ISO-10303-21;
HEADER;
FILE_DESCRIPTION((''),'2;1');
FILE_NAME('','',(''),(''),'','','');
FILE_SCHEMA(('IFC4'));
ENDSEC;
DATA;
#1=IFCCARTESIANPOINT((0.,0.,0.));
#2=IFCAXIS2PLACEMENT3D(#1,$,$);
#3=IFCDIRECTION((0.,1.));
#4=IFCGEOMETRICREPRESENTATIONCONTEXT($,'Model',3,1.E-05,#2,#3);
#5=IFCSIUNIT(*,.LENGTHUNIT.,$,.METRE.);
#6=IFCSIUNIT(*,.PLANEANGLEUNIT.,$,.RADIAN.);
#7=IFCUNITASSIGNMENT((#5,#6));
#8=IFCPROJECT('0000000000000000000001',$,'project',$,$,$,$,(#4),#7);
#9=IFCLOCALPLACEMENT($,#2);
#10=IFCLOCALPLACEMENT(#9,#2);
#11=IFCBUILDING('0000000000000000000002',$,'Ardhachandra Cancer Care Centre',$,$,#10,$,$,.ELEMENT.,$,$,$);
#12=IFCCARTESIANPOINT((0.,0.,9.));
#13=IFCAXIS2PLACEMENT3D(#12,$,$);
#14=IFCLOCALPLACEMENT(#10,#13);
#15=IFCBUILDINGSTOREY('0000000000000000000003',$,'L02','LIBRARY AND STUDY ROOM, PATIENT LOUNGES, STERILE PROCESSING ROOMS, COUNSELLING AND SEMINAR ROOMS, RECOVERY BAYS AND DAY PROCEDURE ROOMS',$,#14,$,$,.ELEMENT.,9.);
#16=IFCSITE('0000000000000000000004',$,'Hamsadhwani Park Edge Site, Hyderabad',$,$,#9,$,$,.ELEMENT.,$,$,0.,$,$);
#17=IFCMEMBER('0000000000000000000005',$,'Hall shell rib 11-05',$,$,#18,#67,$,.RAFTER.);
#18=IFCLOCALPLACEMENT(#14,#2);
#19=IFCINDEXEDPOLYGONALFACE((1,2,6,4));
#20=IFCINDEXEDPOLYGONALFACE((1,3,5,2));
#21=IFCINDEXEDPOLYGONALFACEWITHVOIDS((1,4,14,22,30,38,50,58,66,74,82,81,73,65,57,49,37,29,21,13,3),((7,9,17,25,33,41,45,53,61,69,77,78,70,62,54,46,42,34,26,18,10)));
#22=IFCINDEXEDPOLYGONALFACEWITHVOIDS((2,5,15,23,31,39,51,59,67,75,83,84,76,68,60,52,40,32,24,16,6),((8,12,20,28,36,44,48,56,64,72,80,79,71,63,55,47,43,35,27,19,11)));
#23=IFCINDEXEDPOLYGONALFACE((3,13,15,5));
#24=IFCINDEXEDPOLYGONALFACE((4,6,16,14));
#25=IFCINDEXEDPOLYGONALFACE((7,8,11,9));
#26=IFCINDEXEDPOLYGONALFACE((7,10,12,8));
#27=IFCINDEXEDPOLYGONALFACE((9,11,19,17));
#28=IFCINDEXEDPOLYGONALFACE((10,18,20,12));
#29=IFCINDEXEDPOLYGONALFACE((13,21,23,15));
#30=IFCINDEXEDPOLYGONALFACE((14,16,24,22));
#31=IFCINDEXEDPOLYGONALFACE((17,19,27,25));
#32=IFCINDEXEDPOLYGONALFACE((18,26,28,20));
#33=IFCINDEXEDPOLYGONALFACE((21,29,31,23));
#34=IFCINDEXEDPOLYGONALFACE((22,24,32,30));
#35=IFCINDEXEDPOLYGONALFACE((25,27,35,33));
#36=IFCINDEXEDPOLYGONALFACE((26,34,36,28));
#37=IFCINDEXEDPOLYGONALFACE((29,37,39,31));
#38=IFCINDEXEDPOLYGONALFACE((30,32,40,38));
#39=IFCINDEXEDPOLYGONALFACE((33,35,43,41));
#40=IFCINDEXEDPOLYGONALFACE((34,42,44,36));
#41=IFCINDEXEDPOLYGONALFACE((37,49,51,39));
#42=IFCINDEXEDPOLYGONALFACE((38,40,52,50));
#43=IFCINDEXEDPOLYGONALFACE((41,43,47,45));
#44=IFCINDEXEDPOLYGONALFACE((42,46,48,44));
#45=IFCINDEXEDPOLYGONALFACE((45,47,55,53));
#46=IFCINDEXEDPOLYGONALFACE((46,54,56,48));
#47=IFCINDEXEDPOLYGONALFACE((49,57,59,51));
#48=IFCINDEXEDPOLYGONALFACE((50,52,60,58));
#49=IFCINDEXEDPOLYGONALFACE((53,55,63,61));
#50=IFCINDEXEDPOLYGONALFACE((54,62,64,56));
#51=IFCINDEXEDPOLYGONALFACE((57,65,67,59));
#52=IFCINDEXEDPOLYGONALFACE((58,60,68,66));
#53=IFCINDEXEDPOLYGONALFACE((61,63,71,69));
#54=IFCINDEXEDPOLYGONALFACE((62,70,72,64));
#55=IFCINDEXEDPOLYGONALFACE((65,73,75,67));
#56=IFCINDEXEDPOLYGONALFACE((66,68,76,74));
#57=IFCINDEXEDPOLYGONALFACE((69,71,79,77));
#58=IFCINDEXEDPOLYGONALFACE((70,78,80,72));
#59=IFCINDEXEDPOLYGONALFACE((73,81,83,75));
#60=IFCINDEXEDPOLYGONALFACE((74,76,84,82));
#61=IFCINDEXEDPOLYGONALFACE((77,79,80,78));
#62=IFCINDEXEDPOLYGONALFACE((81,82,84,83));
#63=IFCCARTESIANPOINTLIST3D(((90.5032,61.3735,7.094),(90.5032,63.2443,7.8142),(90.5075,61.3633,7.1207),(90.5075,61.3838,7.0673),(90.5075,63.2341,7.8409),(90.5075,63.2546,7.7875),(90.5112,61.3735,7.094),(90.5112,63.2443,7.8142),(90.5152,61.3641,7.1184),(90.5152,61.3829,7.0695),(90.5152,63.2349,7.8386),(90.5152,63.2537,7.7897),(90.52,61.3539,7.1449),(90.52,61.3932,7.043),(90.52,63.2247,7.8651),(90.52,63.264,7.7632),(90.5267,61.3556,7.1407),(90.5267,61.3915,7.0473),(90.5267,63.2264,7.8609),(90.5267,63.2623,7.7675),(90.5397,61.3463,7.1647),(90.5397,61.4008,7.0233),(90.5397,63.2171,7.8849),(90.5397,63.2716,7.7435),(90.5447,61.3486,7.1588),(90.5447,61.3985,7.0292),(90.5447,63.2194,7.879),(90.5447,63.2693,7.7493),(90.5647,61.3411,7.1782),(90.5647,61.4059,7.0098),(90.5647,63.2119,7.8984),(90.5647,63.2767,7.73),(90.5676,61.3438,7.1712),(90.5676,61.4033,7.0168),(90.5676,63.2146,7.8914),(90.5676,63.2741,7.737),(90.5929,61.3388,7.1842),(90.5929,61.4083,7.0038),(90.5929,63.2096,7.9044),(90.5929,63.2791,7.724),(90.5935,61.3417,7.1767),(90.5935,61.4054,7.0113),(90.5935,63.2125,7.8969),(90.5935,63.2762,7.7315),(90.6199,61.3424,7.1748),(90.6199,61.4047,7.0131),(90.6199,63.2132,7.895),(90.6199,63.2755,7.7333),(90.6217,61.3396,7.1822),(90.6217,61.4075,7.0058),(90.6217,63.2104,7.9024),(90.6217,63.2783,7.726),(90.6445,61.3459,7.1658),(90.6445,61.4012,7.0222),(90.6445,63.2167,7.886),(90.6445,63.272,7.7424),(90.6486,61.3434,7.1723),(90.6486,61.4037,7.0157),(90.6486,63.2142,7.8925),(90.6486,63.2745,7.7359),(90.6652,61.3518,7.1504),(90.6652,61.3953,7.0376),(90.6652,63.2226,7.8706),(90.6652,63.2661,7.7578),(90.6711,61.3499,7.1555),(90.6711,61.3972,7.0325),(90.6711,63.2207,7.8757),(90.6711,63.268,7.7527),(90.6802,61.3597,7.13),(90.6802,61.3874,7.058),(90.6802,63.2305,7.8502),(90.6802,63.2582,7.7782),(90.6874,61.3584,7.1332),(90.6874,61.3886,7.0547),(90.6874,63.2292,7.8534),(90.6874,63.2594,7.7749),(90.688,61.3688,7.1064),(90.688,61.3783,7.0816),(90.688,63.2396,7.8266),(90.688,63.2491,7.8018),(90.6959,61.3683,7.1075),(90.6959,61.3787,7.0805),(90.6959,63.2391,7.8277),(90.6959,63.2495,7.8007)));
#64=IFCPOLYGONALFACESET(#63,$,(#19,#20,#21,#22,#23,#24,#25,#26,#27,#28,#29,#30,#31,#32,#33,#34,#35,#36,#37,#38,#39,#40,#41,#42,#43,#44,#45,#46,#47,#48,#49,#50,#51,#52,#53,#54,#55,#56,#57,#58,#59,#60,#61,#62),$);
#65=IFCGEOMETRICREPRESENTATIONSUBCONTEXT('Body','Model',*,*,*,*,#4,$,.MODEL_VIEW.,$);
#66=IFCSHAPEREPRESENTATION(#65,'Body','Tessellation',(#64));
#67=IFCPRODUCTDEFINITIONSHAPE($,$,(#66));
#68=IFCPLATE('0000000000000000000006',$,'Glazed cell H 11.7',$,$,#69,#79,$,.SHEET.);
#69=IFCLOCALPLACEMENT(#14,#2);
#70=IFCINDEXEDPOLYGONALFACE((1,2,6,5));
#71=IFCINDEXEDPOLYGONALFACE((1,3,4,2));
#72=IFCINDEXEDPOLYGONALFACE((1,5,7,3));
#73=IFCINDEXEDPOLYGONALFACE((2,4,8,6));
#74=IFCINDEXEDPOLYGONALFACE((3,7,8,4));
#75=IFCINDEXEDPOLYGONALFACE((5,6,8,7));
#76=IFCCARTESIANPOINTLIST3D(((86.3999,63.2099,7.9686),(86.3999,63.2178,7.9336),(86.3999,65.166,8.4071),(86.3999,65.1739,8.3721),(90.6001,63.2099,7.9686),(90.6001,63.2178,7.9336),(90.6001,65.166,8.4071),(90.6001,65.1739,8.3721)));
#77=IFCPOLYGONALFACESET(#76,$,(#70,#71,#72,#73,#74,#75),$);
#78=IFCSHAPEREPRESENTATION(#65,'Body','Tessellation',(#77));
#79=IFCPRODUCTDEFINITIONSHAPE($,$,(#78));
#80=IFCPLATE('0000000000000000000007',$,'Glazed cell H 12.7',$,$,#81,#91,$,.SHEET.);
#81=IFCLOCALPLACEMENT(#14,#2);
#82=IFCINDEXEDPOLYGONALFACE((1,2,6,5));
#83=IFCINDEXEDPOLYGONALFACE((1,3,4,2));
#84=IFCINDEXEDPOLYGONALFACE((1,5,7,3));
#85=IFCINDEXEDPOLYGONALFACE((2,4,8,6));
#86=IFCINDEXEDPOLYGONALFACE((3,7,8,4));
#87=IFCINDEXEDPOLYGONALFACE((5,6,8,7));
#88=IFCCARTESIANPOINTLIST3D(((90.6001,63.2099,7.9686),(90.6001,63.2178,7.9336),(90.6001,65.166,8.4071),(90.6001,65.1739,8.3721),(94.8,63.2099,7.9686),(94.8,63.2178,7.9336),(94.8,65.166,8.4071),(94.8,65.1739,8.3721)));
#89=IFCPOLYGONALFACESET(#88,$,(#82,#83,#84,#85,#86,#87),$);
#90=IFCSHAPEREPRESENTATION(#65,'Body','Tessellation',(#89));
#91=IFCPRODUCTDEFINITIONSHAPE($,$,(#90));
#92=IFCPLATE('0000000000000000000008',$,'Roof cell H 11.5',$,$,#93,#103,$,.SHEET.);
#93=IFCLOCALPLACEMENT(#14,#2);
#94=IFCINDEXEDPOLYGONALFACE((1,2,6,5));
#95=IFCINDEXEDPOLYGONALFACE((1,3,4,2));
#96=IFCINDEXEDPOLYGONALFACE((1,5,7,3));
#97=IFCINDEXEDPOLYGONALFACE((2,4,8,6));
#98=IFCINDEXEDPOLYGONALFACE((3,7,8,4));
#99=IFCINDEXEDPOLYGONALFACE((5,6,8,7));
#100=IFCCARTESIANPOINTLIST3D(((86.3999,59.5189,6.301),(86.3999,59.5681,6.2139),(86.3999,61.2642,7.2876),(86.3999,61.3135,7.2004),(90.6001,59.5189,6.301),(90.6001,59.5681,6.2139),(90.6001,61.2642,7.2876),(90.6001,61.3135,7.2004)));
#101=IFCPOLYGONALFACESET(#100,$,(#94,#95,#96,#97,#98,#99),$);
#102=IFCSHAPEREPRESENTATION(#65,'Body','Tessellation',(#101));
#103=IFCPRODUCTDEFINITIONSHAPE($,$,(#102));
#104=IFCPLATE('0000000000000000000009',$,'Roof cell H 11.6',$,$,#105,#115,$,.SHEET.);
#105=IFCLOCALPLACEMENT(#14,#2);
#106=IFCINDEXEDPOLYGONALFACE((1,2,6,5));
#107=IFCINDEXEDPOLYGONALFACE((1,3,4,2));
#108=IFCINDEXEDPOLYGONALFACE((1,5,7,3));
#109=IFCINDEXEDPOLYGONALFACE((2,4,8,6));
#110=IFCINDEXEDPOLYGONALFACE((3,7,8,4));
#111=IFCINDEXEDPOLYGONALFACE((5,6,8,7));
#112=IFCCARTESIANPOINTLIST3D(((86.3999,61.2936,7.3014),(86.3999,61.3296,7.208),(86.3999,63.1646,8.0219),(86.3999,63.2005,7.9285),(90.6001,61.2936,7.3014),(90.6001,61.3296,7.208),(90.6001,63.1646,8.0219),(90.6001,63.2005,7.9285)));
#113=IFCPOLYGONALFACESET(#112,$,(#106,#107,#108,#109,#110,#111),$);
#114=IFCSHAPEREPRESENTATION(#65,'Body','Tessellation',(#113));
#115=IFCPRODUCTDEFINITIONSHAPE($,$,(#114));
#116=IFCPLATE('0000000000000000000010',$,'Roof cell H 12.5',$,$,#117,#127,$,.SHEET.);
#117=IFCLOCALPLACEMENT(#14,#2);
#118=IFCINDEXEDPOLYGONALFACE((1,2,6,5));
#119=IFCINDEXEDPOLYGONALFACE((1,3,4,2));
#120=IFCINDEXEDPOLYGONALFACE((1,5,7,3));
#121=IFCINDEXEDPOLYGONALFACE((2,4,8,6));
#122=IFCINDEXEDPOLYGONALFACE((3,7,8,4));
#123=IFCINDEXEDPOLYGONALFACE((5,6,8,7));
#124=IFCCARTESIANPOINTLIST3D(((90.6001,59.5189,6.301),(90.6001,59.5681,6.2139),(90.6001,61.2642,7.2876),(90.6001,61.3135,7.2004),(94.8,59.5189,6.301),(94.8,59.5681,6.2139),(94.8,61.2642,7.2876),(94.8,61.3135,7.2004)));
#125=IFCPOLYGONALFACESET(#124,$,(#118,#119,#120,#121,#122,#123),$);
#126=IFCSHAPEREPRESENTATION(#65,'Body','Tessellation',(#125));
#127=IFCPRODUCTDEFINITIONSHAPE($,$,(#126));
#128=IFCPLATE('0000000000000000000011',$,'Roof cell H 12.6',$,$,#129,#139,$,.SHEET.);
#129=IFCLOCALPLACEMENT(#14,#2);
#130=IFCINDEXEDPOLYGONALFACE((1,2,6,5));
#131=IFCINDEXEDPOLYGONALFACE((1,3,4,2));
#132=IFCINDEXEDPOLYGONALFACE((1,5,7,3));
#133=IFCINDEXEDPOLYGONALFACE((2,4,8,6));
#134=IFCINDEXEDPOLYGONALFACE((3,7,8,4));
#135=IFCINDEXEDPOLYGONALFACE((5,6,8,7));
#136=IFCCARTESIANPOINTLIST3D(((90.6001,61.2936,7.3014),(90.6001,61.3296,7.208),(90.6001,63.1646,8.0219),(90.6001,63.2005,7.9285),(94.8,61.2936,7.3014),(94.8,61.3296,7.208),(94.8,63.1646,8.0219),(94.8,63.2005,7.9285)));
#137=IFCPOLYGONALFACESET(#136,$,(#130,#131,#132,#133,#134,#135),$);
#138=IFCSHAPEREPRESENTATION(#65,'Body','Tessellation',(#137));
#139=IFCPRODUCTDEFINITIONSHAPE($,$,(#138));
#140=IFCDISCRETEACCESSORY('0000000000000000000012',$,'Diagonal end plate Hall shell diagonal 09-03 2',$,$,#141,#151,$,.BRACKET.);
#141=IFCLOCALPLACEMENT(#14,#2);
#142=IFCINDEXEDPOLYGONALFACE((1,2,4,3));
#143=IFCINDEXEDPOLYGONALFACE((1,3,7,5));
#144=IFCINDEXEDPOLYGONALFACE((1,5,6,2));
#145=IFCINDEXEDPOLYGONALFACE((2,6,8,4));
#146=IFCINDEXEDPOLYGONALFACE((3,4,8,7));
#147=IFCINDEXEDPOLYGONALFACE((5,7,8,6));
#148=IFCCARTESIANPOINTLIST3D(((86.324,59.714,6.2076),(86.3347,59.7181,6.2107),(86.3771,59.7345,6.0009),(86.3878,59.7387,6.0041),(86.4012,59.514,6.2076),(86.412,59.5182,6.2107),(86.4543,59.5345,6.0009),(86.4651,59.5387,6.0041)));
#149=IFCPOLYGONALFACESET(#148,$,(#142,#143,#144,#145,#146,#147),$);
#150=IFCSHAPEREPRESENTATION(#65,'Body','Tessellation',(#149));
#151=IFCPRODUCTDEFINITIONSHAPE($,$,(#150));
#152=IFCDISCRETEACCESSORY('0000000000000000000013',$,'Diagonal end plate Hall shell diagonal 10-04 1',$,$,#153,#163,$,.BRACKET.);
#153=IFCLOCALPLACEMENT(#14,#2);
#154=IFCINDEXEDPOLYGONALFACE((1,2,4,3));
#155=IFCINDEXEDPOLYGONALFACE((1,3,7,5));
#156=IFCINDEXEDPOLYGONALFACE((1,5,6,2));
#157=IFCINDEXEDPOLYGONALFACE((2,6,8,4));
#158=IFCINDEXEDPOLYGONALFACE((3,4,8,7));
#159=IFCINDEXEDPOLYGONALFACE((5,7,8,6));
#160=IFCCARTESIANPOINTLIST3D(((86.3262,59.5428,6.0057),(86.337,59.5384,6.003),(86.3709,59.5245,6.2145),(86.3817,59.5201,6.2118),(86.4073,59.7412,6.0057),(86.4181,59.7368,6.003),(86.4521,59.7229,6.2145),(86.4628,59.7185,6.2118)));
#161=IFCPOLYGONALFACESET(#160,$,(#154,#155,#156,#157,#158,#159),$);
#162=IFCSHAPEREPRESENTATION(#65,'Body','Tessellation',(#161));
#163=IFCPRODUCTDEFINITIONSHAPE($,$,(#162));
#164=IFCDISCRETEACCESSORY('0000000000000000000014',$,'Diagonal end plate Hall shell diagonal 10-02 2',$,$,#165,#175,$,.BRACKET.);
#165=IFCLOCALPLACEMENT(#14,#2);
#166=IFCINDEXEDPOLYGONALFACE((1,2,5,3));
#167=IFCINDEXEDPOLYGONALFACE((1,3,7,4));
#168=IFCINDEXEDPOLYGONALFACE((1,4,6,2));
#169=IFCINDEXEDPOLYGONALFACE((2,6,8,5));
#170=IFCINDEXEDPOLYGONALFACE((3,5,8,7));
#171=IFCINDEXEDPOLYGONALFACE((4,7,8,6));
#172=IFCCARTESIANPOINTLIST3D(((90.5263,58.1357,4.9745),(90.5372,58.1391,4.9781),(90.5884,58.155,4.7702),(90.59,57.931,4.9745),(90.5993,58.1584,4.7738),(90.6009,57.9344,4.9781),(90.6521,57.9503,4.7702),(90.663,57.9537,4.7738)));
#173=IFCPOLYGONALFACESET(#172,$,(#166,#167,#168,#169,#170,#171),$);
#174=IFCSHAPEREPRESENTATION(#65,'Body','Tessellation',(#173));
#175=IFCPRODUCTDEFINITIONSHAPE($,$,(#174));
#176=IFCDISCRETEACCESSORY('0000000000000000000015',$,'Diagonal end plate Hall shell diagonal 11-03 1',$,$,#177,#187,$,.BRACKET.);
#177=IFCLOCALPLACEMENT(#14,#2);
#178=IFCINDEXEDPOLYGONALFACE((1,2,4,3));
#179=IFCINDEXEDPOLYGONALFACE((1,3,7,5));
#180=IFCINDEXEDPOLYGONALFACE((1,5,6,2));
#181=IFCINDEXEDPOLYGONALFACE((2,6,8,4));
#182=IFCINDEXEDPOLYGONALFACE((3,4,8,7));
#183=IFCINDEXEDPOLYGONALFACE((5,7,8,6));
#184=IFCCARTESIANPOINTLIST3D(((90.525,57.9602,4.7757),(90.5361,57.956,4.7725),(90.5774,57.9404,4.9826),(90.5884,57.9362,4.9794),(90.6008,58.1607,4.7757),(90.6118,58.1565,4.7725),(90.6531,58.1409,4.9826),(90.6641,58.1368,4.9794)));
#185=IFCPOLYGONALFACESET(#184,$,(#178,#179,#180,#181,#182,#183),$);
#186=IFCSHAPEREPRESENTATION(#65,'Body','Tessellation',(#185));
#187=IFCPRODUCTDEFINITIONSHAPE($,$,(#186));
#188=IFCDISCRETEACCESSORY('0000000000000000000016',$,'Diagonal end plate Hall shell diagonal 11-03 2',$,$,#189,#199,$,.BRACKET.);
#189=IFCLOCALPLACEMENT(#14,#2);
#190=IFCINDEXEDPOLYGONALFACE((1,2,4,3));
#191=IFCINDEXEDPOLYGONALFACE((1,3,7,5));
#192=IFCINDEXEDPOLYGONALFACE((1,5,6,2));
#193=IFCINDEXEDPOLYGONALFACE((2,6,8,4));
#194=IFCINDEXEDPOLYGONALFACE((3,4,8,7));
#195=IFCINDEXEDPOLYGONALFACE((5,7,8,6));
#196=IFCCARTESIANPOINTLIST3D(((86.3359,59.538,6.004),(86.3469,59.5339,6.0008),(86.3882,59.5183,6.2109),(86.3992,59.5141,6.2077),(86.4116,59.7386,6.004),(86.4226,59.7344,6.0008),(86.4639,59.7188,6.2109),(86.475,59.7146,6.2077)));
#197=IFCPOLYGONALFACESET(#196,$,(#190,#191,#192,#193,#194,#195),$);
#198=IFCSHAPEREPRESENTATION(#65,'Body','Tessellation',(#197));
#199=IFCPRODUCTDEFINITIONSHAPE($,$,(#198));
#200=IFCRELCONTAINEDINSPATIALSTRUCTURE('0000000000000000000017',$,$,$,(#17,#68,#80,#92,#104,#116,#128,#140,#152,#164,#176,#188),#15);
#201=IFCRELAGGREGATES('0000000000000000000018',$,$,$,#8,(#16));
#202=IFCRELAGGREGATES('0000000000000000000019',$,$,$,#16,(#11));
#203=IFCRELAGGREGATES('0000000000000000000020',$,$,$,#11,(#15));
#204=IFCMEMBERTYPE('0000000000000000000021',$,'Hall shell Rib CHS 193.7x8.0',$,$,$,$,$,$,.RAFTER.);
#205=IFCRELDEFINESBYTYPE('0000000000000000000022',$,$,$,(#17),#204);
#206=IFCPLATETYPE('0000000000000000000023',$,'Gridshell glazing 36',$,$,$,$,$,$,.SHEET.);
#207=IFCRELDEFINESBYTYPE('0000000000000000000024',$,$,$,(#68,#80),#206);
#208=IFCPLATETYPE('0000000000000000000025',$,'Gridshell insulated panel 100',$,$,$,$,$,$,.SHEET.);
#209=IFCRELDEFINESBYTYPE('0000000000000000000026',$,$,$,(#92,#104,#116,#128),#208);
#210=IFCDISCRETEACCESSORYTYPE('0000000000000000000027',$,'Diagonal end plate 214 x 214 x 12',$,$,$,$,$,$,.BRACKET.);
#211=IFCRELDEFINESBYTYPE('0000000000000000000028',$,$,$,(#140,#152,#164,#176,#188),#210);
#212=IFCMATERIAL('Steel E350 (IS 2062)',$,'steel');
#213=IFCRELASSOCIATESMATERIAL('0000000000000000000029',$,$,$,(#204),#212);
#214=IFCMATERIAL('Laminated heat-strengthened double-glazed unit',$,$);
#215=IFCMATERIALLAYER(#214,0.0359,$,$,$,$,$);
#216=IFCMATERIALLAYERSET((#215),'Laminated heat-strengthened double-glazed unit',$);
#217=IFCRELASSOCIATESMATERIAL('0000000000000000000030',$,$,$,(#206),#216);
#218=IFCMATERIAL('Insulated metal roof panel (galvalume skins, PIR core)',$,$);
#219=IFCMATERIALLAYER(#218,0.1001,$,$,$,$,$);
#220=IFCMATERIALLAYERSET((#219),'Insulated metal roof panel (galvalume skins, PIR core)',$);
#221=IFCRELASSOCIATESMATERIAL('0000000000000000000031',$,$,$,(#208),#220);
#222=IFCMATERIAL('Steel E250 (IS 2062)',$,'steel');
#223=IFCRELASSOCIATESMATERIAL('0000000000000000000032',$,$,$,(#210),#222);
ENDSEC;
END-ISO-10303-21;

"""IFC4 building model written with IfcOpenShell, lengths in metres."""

from ifc_helpers import new_model, si_unit, direction, frame, origin, origin_2d, place, context, subcontext, project, spatial, polyline, rectangle, hollow_circle, outline, extrude, material, layer, layer_set, material_profile, profile_set, type_object, element, save


model = new_model("IFC4")

# Units and contexts
model_context = context("Model", 3, precision=1e-05, world=origin(), true_north=direction((0.0, 1.0)))
body_context = subcontext(model_context, "Body", "Model", "MODEL_VIEW")
ifc_project = project(units=[si_unit("LENGTHUNIT", "METRE"), si_unit("PLANEANGLEUNIT", "RADIAN")], contexts=[model_context])

# Site, building, storey
site_placement = place(None, origin())
site = spatial("IfcSite", under=ifc_project, at=site_placement, Name="Hamsadhwani Park Edge Site, Hyderabad", CompositionType="ELEMENT", RefElevation=0.0)
building_placement = place(site_placement, origin())
building = spatial("IfcBuilding", under=site, at=building_placement, Name="Ardhachandra Cancer Care Centre", CompositionType="ELEMENT")
storey_placement = place(building_placement, frame((0.0, 0.0, 9.0)))
storey = spatial("IfcBuildingStorey", under=building, at=storey_placement, Name="L02", Description="LIBRARY AND STUDY ROOM, PATIENT LOUNGES, STERILE PROCESSING ROOMS, COUNSELLING AND SEMINAR ROOMS, RECOVERY BAYS AND DAY PROCEDURE ROOMS", CompositionType="ELEMENT", Elevation=9.0)

# Member
ifc_material_1 = material(Name="Steel E350 (IS 2062)", Category="steel")
ifc_material_profile_1 = material_profile(ifc_material_1, hollow_circle(Radius=0.0969, WallThickness=0.0081, at=origin_2d()), Name="CHS 193.7x8.0")
ifc_profile_set_1 = profile_set([ifc_material_profile_1], Name="Steel E350 (IS 2062)")
member_type_1 = type_object("IfcMemberType", Name="Hall shell Rib CHS 193.7x8.0", PredefinedType="RAFTER", material=ifc_profile_set_1)
for number, where, z_axis, x_axis, name in (
    (1, (90.6001, 61.3735, 7.094), (0.0, 0.933236, 0.359265), (-1.0, 0.0, 0.0), "Hall shell rib 11-05"),
):
    element("IfcMember", number, at=place(storey_placement, frame(where, z_axis=z_axis, x_axis=x_axis)), inside=storey, type_object=member_type_1, Name=name, PredefinedType="RAFTER", context=body_context, shape_type="SweptSolid", body=[
        extrude(hollow_circle(Radius=0.0969, WallThickness=0.0081, at=origin_2d()), origin(), (0.0, 0.0, 1.0), 2.0046),
    ])

# Plates
ifc_material_2 = material(Name="Laminated heat-strengthened double-glazed unit")
ifc_layer_1 = layer(ifc_material_2, 0.0359)
ifc_layer_set_1 = layer_set([ifc_layer_1], Name="Laminated heat-strengthened double-glazed unit")
plate_type_1 = type_object("IfcPlateType", Name="Gridshell glazing 36", PredefinedType="SHEET", material=ifc_layer_set_1)
plate_1_placement = place(storey_placement, frame((86.3999, 63.2178, 7.9336), z_axis=(0.0, -0.218735, 0.975784), x_axis=(1.0, 0.0, 0.0)))
element("IfcPlate", 2, at=plate_1_placement, inside=storey, type_object=plate_type_1, Name="Glazed cell H 11.7", PredefinedType="SHEET", context=body_context, shape_type="SweptSolid", body=[
    extrude(outline(polyline([(0.0, 0.0), (4.2002, 0.0), (4.2002, 2.0046), (0.0, 2.0046), (0.0, 0.0)])), origin(), (0.0, 0.0, 1.0), 0.0359),
])
plate_2_placement = place(storey_placement, frame((90.6001, 63.2178, 7.9336), z_axis=(0.0, -0.218735, 0.975784), x_axis=(1.0, 0.0, 0.0)))
element("IfcPlate", 3, at=plate_2_placement, inside=storey, type_object=plate_type_1, Name="Glazed cell H 12.7", PredefinedType="SHEET", context=body_context, shape_type="SweptSolid", body=[
    extrude(outline(polyline([(0.0, 0.0), (4.2, 0.0), (4.2, 2.0046), (0.0, 2.0046), (0.0, 0.0)])), origin(), (0.0, 0.0, 1.0), 0.0359),
])
ifc_material_3 = material(Name="Insulated metal roof panel (galvalume skins, PIR core)")
ifc_layer_2 = layer(ifc_material_3, 0.1001)
ifc_layer_set_2 = layer_set([ifc_layer_2], Name="Insulated metal roof panel (galvalume skins, PIR core)")
plate_type_2 = type_object("IfcPlateType", Name="Gridshell insulated panel 100", PredefinedType="SHEET", material=ifc_layer_set_2)
for number, where, z_axis, x_axis, name in (
    (4, (86.3999, 59.5681, 6.2139), (0.0, -0.492081, 0.870549), (1.0, 0.0, 0.0), "Roof cell H 11.5"),
    (5, (86.3999, 61.3296, 7.208), (0.0, -0.359371, 0.933195), (1.0, 0.0, 0.0), "Roof cell H 11.6"),
):
    element("IfcPlate", number, at=place(storey_placement, frame(where, z_axis=z_axis, x_axis=x_axis)), inside=storey, type_object=plate_type_2, Name=name, PredefinedType="SHEET", context=body_context, shape_type="SweptSolid", body=[
        extrude(outline(polyline([(0.0, 0.0), (4.2002, 0.0), (4.2002, 2.0049), (0.0, 2.0049), (0.0, 0.0)])), origin(), (0.0, 0.0, 1.0), 0.1001),
    ])
for number, where, z_axis, x_axis, name in (
    (6, (90.6001, 59.5681, 6.2139), (0.0, -0.492081, 0.870549), (1.0, 0.0, 0.0), "Roof cell H 12.5"),
    (7, (90.6001, 61.3296, 7.208), (0.0, -0.359371, 0.933195), (1.0, 0.0, 0.0), "Roof cell H 12.6"),
):
    element("IfcPlate", number, at=place(storey_placement, frame(where, z_axis=z_axis, x_axis=x_axis)), inside=storey, type_object=plate_type_2, Name=name, PredefinedType="SHEET", context=body_context, shape_type="SweptSolid", body=[
        extrude(outline(polyline([(0.0, 0.0), (4.2, 0.0), (4.2, 2.0049), (0.0, 2.0049), (0.0, 0.0)])), origin(), (0.0, 0.0, 1.0), 0.1001),
    ])

# Discrete accessories
ifc_material_4 = material(Name="Steel E250 (IS 2062)", Category="steel")
ifc_material_profile_2 = material_profile(ifc_material_4, rectangle(XDim=0.2144, YDim=0.2144, at=origin_2d()), Name="PL 214x214x12")
ifc_profile_set_2 = profile_set([ifc_material_profile_2], Name="Steel E250 (IS 2062)")
discrete_accessory_type = type_object("IfcDiscreteAccessoryType", Name="Diagonal end plate 214 x 214 x 12", PredefinedType="BRACKET", material=ifc_profile_set_2)
for number, where, z_axis, x_axis, name in (
    (8, (86.3999, 59.6284, 6.1074), (-0.899271, -0.347446, -0.265694), (0.360399, -0.932798, 0.0), "Diagonal end plate Hall shell diagonal 09-03 2"),
    (9, (86.3999, 59.6284, 6.1074), (-0.901723, 0.368887, 0.225431), (-0.378633, -0.925547, 0.0), "Diagonal end plate Hall shell diagonal 10-04 1"),
    (10, (90.6001, 58.0464, 4.876), (-0.90988, -0.283074, -0.303293), (0.297067, -0.954857, 0.0), "Diagonal end plate Hall shell diagonal 10-02 2"),
):
    element("IfcDiscreteAccessory", number, at=place(storey_placement, frame(where, z_axis=z_axis, x_axis=x_axis)), inside=storey, type_object=discrete_accessory_type, Name=name, PredefinedType="BRACKET", context=body_context, shape_type="SweptSolid", body=[
        extrude(rectangle(XDim=0.2144, YDim=0.2144, at=origin_2d()), origin(), (0.0, 0.0, 1.0), 0.012),
    ])
for number, where, z_axis, x_axis, name in (
    (11, (90.6001, 58.0464, 4.876), (-0.903076, 0.341162, 0.260889), (-0.353401, -0.935472, 0.0), "Diagonal end plate Hall shell diagonal 11-03 1"),
    (12, (86.3999, 59.6284, 6.1074), (0.903076, -0.341162, -0.260889), (0.353401, 0.935472, 0.0), "Diagonal end plate Hall shell diagonal 11-03 2"),
):
    element("IfcDiscreteAccessory", number, at=place(storey_placement, frame(where, z_axis=z_axis, x_axis=x_axis)), inside=storey, type_object=discrete_accessory_type, Name=name, PredefinedType="BRACKET", context=body_context, shape_type="SweptSolid", body=[
        extrude(rectangle(XDim=0.2144, YDim=0.2144, at=origin_2d()), origin(), (0.0, 0.0, 1.0), 0.0122),
    ])

save(model, "model.ifc")
